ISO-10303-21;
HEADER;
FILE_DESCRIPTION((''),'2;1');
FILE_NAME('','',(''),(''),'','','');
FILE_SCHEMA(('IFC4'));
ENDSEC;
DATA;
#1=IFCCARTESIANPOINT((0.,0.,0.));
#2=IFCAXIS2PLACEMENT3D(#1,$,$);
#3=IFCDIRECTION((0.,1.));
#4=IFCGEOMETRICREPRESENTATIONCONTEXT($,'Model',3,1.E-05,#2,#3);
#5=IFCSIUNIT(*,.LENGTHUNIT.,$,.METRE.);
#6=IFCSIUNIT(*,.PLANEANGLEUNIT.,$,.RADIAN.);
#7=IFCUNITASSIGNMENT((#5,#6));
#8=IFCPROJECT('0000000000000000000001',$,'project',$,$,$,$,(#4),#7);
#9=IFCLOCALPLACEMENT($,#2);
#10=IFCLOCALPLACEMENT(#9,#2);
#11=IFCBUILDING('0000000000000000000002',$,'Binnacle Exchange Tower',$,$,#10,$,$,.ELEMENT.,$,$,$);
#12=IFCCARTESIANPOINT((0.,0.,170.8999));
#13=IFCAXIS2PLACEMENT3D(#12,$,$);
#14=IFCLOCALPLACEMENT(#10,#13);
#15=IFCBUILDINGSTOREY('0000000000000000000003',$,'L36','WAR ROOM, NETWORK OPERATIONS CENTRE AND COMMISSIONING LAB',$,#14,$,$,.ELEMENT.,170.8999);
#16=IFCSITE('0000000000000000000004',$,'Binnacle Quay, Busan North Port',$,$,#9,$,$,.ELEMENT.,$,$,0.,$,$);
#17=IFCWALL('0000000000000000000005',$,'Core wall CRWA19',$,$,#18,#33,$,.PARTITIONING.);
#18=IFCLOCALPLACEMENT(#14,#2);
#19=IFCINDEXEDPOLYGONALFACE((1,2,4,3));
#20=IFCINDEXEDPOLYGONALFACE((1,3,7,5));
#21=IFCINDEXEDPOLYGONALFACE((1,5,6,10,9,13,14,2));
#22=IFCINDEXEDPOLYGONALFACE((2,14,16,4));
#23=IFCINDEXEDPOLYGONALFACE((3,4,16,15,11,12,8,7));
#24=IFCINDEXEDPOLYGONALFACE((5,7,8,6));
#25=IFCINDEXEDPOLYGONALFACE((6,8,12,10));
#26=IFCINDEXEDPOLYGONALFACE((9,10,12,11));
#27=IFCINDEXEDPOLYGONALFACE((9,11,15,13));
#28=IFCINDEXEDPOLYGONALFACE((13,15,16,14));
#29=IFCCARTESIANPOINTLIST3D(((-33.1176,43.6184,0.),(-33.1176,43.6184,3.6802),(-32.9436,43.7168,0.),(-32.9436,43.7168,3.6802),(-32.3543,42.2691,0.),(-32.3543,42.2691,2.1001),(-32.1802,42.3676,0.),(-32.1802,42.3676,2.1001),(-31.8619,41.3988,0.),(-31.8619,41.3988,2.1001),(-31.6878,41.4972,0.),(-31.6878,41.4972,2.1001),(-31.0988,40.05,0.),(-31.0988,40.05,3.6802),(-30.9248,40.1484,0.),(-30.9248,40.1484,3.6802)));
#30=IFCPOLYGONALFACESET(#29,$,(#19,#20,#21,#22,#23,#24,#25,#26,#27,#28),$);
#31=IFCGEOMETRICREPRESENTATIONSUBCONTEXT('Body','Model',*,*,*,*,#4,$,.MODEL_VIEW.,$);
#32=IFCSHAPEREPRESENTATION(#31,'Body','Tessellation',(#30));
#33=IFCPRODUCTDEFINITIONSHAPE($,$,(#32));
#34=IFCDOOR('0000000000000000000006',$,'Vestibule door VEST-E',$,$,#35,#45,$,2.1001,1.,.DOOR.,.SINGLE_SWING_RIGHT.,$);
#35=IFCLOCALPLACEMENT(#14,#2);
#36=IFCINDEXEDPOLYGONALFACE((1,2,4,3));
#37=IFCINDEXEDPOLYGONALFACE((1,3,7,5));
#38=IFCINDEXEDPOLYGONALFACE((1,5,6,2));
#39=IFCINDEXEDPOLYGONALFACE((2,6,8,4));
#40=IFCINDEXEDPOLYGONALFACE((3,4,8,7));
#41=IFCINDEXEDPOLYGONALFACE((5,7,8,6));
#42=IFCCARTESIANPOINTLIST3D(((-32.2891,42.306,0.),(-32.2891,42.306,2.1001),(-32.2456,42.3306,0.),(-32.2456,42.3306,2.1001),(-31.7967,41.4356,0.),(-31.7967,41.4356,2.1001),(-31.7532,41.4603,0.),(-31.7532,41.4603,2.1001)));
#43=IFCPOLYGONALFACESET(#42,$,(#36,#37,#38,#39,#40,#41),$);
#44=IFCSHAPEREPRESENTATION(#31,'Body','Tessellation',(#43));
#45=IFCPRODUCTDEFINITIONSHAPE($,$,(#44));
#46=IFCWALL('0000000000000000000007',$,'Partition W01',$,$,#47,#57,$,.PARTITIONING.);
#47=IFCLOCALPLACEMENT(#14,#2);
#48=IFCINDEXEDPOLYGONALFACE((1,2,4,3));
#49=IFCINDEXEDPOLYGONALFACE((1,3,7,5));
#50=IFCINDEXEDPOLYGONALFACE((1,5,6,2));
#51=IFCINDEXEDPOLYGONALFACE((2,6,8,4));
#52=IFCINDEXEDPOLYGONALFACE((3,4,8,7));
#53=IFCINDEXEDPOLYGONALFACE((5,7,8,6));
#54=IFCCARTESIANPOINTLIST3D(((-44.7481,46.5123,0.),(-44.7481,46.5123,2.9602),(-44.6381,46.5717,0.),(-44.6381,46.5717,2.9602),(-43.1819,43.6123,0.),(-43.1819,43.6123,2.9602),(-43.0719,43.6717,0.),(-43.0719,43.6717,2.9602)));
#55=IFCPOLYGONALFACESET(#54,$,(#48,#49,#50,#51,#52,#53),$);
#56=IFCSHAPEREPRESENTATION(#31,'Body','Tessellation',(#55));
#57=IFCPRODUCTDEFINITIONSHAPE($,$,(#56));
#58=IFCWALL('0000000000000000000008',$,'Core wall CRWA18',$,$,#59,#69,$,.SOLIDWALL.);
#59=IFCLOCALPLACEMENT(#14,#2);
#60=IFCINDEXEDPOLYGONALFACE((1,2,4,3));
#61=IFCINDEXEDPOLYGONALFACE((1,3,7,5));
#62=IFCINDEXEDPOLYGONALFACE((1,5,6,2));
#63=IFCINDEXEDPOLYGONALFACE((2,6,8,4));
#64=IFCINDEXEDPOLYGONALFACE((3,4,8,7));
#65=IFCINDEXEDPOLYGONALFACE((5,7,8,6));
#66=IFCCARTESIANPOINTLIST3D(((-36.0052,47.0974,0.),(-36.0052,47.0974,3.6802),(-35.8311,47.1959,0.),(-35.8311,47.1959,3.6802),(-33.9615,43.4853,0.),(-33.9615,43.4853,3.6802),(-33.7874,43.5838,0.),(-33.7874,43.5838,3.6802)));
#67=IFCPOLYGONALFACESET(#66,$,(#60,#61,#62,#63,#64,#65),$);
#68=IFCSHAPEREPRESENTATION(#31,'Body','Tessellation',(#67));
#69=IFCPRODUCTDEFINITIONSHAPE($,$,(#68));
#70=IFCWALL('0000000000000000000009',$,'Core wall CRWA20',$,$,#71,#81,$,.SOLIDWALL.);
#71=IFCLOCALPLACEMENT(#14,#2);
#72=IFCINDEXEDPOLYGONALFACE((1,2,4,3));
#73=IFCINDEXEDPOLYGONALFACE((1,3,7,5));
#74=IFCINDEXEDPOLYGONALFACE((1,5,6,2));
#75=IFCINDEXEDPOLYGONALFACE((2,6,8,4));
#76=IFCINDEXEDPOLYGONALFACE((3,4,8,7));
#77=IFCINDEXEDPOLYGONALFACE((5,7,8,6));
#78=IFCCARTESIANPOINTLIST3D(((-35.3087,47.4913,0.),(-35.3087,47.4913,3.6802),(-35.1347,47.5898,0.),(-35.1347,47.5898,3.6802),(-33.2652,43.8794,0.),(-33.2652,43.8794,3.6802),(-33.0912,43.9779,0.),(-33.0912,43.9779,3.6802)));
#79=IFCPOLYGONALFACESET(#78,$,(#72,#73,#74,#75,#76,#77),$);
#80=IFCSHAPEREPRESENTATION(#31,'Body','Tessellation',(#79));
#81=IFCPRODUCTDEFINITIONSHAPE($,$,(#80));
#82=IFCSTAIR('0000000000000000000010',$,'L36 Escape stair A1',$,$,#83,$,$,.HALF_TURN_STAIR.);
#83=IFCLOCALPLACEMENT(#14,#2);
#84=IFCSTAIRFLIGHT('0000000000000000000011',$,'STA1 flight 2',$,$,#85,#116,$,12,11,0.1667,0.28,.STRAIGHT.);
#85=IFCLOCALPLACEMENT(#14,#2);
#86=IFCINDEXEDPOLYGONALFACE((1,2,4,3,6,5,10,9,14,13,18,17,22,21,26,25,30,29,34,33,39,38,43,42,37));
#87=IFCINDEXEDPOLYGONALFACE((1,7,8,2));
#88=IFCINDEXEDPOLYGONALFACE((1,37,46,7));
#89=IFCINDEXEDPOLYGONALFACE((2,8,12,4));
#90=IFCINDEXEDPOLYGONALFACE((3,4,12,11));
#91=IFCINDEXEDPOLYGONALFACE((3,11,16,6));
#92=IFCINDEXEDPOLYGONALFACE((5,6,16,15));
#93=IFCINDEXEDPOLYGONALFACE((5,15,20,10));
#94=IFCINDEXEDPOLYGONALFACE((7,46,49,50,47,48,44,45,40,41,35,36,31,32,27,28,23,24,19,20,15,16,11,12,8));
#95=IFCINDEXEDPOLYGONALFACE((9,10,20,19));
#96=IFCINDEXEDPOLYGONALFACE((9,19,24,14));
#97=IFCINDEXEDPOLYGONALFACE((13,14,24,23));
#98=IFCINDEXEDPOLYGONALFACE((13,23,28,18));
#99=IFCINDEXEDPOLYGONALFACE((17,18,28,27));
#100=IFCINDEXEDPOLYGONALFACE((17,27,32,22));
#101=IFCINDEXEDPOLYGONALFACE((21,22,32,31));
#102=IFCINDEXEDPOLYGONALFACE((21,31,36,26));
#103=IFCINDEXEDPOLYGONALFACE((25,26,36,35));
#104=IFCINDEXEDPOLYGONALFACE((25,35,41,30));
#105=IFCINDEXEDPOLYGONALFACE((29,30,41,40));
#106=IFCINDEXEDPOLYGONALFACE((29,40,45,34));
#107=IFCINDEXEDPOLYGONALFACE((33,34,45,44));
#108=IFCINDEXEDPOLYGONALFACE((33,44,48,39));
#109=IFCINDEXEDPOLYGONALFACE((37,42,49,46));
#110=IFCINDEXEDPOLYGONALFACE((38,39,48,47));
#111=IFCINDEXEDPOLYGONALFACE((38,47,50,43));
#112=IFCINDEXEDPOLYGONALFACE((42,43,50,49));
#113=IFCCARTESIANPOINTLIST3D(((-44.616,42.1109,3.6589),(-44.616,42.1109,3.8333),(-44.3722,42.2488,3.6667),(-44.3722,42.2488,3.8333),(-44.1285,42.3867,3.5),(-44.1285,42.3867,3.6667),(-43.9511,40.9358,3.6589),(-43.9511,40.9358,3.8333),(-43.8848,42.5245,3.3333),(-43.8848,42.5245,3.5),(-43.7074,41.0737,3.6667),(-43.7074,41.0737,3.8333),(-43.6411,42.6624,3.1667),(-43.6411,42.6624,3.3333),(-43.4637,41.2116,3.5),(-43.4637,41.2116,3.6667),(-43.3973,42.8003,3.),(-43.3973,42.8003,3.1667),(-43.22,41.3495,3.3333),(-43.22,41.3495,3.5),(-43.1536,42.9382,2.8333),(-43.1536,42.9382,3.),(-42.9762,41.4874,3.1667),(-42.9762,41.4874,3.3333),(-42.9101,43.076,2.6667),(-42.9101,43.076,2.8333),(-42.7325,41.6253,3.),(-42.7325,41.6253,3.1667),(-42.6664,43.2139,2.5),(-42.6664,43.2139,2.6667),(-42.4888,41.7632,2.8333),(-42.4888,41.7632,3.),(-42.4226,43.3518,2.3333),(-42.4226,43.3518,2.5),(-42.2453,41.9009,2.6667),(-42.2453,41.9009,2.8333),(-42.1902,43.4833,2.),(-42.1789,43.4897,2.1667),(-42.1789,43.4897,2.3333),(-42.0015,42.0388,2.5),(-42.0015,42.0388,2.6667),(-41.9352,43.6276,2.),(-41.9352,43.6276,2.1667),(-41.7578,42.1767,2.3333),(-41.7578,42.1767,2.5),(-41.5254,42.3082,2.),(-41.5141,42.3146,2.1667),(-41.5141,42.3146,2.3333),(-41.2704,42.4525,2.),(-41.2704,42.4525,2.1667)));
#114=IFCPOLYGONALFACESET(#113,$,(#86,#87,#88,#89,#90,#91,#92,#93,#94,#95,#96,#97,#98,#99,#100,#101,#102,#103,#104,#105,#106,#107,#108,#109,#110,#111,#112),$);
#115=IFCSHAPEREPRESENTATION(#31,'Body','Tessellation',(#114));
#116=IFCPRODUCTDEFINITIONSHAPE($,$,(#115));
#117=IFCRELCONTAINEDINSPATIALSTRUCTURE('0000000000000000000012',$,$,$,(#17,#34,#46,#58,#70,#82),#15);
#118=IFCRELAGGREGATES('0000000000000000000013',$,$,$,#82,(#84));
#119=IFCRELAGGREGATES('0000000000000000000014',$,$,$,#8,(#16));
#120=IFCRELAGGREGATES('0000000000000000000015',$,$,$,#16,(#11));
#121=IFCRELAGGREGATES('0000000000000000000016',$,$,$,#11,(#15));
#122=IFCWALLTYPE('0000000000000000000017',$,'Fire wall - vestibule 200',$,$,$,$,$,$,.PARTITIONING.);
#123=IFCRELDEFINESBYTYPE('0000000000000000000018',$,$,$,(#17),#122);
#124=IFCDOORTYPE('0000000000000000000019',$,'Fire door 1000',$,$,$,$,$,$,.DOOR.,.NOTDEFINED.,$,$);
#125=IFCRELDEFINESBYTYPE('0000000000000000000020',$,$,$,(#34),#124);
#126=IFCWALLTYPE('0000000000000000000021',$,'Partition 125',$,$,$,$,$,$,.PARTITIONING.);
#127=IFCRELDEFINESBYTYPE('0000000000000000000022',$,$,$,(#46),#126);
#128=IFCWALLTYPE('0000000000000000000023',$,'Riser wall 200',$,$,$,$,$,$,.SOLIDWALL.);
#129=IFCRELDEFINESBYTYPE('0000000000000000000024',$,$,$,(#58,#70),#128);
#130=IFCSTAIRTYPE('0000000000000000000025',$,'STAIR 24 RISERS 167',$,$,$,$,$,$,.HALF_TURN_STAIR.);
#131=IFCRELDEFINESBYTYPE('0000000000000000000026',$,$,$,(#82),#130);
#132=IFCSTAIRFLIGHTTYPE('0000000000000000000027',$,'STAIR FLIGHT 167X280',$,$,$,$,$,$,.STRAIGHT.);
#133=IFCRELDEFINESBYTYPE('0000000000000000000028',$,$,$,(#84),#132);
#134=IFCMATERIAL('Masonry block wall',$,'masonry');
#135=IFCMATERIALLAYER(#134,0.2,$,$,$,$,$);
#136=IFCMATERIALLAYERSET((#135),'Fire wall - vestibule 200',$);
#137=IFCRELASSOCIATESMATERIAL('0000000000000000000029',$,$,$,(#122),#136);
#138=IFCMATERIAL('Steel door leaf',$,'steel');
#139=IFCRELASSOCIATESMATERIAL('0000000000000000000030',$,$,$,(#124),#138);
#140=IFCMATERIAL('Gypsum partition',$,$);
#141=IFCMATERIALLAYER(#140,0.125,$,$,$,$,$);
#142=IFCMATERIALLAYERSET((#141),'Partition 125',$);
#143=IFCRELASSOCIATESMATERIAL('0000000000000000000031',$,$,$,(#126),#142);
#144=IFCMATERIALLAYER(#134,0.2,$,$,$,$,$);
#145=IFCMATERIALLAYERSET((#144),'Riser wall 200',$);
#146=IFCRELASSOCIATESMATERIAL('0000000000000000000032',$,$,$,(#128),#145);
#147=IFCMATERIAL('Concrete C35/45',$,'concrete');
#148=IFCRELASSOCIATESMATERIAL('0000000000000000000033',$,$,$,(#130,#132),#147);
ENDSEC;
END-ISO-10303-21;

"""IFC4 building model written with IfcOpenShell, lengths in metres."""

from ifc_helpers import new_model, si_unit, direction, frame, frame_2d, origin, place, context, subcontext, project, spatial, polyline, rectangle, outline, extrude, material, layer, layer_set, type_object, element, fill, aggregate, save


model = new_model("IFC4")

# Units and contexts
model_context = context("Model", 3, precision=1e-05, world=origin(), true_north=direction((0.0, 1.0)))
body_context = subcontext(model_context, "Body", "Model", "MODEL_VIEW")
ifc_project = project(units=[si_unit("LENGTHUNIT", "METRE"), si_unit("PLANEANGLEUNIT", "RADIAN")], contexts=[model_context])

# Site, building, storey
site_placement = place(None, origin())
site = spatial("IfcSite", under=ifc_project, at=site_placement, Name="Binnacle Quay, Busan North Port", CompositionType="ELEMENT", RefElevation=0.0)
building_placement = place(site_placement, origin())
building = spatial("IfcBuilding", under=site, at=building_placement, Name="Binnacle Exchange Tower", CompositionType="ELEMENT")
storey_placement = place(building_placement, frame((0.0, 0.0, 170.8999)))
storey = spatial("IfcBuildingStorey", under=building, at=storey_placement, Name="L36", Description="WAR ROOM, NETWORK OPERATIONS CENTRE AND COMMISSIONING LAB", CompositionType="ELEMENT", Elevation=170.8999)

# Wall, opening, door
ifc_material_1 = material(Name="Masonry block wall", Category="masonry")
ifc_layer_1 = layer(ifc_material_1, 0.2)
ifc_layer_set_1 = layer_set([ifc_layer_1], Name="Fire wall - vestibule 200")
wall_type_1 = type_object("IfcWallType", Name="Fire wall - vestibule 200", PredefinedType="PARTITIONING", material=ifc_layer_set_1)
wall_1_placement = place(storey_placement, frame((-33.0305, 43.6675, 0.0), z_axis=(0.0, 0.0, 1.0), x_axis=(0.492408, -0.870364, 0.0)))
wall_1 = element("IfcWall", 1, at=wall_1_placement, inside=storey, type_object=wall_type_1, Name="Core wall CRWA19", PredefinedType="PARTITIONING", context=body_context, shape_type="SweptSolid", body=[
    extrude(rectangle(XDim=4.0999, YDim=0.2, at=frame_2d((2.0498, 0.0))), origin(), (0.0, 0.0, 1.0), 3.6802),
])
opening_placement = place(wall_1_placement, frame((1.55, 0.0, 0.0)))
opening = element("IfcOpeningElement", 2, at=opening_placement, cuts=wall_1, PredefinedType="OPENING", context=body_context, shape_type="SweptSolid", body=[
    extrude(rectangle(XDim=1.0, YDim=2.1001, at=frame_2d((0.5, 1.05))), frame((0.0, 0.1099, 0.0), z_axis=(0.0, -1.0, 0.0), x_axis=(1.0, 0.0, 0.0)), (0.0, 0.0, 1.0), 0.22),
])
ifc_material_2 = material(Name="Steel door leaf", Category="steel")
door_type = type_object("IfcDoorType", Name="Fire door 1000", OperationType="NOTDEFINED", PredefinedType="DOOR", material=ifc_material_2)
door_placement = place(opening_placement, origin())
door = element("IfcDoor", 3, at=door_placement, inside=storey, type_object=door_type, Name="Vestibule door VEST-E", OperationType="SINGLE_SWING_RIGHT", OverallHeight=2.1001, OverallWidth=1.0, PredefinedType="DOOR", context=body_context, shape_type="SweptSolid", body=[
    extrude(rectangle(XDim=1.0, YDim=2.1001, at=frame_2d((0.5, 1.05))), frame((0.0, 0.0249, 0.0), z_axis=(0.0, -1.0, 0.0), x_axis=(1.0, 0.0, 0.0)), (0.0, 0.0, 1.0), 0.05),
])
fill(opening, door)

# Walls
ifc_material_3 = material(Name="Gypsum partition")
ifc_layer_2 = layer(ifc_material_3, 0.125)
ifc_layer_set_2 = layer_set([ifc_layer_2], Name="Partition 125")
wall_type_2 = type_object("IfcWallType", Name="Partition 125", PredefinedType="PARTITIONING", material=ifc_layer_set_2)
wall_2_placement = place(storey_placement, frame((-44.6931, 46.542, 0.0), z_axis=(0.0, 0.0, 1.0), x_axis=(0.475199, -0.879878, 0.0)))
element("IfcWall", 4, at=wall_2_placement, inside=storey, type_object=wall_type_2, Name="Partition W01", PredefinedType="PARTITIONING", context=body_context, shape_type="SweptSolid", body=[
    extrude(rectangle(XDim=3.2959, YDim=0.125, at=frame_2d((1.6479, 0.0))), origin(), (0.0, 0.0, 1.0), 2.9602),
])
ifc_layer_3 = layer(ifc_material_1, 0.2)
ifc_layer_set_3 = layer_set([ifc_layer_3], Name="Riser wall 200")
wall_type_3 = type_object("IfcWallType", Name="Riser wall 200", PredefinedType="SOLIDWALL", material=ifc_layer_set_3)
wall_3_placement = place(storey_placement, frame((-35.9182, 47.1467, 0.0), z_axis=(0.0, 0.0, 1.0), x_axis=(0.492441, -0.870346, 0.0)))
element("IfcWall", 5, at=wall_3_placement, inside=storey, type_object=wall_type_3, Name="Core wall CRWA18", PredefinedType="SOLIDWALL", context=body_context, shape_type="SweptSolid", body=[
    extrude(rectangle(XDim=4.1501, YDim=0.2, at=frame_2d((2.0752, 0.0))), origin(), (0.0, 0.0, 1.0), 3.6802),
])
wall_4_placement = place(storey_placement, frame((-35.2217, 47.5405, 0.0), z_axis=(0.0, 0.0, 1.0), x_axis=(0.492422, -0.870357, 0.0)))
element("IfcWall", 6, at=wall_4_placement, inside=storey, type_object=wall_type_3, Name="Core wall CRWA20", PredefinedType="SOLIDWALL", context=body_context, shape_type="SweptSolid", body=[
    extrude(rectangle(XDim=4.1499, YDim=0.2, at=frame_2d((2.075, 0.0))), origin(), (0.0, 0.0, 1.0), 3.6802),
])

# Stair, stair flight
ifc_material_4 = material(Name="Concrete C35/45", Category="concrete")
stair_type = type_object("IfcStairType", Name="STAIR 24 RISERS 167", PredefinedType="HALF_TURN_STAIR", material=ifc_material_4)
stair_placement = place(storey_placement, origin())
stair = element("IfcStair", 7, at=stair_placement, inside=storey, type_object=stair_type, Name="L36 Escape stair A1", PredefinedType="HALF_TURN_STAIR")
stair_flight_type = type_object("IfcStairFlightType", Name="STAIR FLIGHT 167X280", PredefinedType="STRAIGHT", material=ifc_material_4)
stair_flight_placement = place(storey_placement, frame((-41.6028, 43.04, 2.0), z_axis=(0.0, 0.0, 1.0), x_axis=(-0.870356, -0.492424, 0.0)))
stair_flight = element("IfcStairFlight", 8, at=stair_flight_placement, type_object=stair_flight_type, Name="STA1 flight 2", NumberOfRisers=12, NumberOfTreads=11, PredefinedType="STRAIGHT", RiserHeight=0.1667, TreadLength=0.28, context=body_context, shape_type="SweptSolid", body=[
    extrude(outline(polyline([(0.0, 0.0), (0.0, 0.1667), (0.28, 0.1667), (0.28, 0.3333), (0.5601, 0.3333), (0.5601, 0.5), (0.8401, 0.5), (0.8401, 0.6667), (1.1201, 0.6667), (1.1201, 0.8333), (1.3999, 0.8333), (1.3999, 1.0), (1.6799, 1.0), (1.6799, 1.1667), (1.96, 1.1667), (1.96, 1.3333), (2.24, 1.3333), (2.24, 1.5), (2.52, 1.5), (2.52, 1.6667), (2.8, 1.6667), (2.8, 1.8333), (3.0801, 1.8333), (3.0801, 2.0), (3.0801, 1.6589), (0.293, 0.0), (0.0, 0.0)])), frame((0.0, 0.675, 0.0), z_axis=(0.0, -1.0, 0.0), x_axis=(1.0, 0.0, 0.0)), (0.0, 0.0, 1.0), 1.3501),
])
aggregate(stair, [stair_flight])

save(model, "model.ifc")
